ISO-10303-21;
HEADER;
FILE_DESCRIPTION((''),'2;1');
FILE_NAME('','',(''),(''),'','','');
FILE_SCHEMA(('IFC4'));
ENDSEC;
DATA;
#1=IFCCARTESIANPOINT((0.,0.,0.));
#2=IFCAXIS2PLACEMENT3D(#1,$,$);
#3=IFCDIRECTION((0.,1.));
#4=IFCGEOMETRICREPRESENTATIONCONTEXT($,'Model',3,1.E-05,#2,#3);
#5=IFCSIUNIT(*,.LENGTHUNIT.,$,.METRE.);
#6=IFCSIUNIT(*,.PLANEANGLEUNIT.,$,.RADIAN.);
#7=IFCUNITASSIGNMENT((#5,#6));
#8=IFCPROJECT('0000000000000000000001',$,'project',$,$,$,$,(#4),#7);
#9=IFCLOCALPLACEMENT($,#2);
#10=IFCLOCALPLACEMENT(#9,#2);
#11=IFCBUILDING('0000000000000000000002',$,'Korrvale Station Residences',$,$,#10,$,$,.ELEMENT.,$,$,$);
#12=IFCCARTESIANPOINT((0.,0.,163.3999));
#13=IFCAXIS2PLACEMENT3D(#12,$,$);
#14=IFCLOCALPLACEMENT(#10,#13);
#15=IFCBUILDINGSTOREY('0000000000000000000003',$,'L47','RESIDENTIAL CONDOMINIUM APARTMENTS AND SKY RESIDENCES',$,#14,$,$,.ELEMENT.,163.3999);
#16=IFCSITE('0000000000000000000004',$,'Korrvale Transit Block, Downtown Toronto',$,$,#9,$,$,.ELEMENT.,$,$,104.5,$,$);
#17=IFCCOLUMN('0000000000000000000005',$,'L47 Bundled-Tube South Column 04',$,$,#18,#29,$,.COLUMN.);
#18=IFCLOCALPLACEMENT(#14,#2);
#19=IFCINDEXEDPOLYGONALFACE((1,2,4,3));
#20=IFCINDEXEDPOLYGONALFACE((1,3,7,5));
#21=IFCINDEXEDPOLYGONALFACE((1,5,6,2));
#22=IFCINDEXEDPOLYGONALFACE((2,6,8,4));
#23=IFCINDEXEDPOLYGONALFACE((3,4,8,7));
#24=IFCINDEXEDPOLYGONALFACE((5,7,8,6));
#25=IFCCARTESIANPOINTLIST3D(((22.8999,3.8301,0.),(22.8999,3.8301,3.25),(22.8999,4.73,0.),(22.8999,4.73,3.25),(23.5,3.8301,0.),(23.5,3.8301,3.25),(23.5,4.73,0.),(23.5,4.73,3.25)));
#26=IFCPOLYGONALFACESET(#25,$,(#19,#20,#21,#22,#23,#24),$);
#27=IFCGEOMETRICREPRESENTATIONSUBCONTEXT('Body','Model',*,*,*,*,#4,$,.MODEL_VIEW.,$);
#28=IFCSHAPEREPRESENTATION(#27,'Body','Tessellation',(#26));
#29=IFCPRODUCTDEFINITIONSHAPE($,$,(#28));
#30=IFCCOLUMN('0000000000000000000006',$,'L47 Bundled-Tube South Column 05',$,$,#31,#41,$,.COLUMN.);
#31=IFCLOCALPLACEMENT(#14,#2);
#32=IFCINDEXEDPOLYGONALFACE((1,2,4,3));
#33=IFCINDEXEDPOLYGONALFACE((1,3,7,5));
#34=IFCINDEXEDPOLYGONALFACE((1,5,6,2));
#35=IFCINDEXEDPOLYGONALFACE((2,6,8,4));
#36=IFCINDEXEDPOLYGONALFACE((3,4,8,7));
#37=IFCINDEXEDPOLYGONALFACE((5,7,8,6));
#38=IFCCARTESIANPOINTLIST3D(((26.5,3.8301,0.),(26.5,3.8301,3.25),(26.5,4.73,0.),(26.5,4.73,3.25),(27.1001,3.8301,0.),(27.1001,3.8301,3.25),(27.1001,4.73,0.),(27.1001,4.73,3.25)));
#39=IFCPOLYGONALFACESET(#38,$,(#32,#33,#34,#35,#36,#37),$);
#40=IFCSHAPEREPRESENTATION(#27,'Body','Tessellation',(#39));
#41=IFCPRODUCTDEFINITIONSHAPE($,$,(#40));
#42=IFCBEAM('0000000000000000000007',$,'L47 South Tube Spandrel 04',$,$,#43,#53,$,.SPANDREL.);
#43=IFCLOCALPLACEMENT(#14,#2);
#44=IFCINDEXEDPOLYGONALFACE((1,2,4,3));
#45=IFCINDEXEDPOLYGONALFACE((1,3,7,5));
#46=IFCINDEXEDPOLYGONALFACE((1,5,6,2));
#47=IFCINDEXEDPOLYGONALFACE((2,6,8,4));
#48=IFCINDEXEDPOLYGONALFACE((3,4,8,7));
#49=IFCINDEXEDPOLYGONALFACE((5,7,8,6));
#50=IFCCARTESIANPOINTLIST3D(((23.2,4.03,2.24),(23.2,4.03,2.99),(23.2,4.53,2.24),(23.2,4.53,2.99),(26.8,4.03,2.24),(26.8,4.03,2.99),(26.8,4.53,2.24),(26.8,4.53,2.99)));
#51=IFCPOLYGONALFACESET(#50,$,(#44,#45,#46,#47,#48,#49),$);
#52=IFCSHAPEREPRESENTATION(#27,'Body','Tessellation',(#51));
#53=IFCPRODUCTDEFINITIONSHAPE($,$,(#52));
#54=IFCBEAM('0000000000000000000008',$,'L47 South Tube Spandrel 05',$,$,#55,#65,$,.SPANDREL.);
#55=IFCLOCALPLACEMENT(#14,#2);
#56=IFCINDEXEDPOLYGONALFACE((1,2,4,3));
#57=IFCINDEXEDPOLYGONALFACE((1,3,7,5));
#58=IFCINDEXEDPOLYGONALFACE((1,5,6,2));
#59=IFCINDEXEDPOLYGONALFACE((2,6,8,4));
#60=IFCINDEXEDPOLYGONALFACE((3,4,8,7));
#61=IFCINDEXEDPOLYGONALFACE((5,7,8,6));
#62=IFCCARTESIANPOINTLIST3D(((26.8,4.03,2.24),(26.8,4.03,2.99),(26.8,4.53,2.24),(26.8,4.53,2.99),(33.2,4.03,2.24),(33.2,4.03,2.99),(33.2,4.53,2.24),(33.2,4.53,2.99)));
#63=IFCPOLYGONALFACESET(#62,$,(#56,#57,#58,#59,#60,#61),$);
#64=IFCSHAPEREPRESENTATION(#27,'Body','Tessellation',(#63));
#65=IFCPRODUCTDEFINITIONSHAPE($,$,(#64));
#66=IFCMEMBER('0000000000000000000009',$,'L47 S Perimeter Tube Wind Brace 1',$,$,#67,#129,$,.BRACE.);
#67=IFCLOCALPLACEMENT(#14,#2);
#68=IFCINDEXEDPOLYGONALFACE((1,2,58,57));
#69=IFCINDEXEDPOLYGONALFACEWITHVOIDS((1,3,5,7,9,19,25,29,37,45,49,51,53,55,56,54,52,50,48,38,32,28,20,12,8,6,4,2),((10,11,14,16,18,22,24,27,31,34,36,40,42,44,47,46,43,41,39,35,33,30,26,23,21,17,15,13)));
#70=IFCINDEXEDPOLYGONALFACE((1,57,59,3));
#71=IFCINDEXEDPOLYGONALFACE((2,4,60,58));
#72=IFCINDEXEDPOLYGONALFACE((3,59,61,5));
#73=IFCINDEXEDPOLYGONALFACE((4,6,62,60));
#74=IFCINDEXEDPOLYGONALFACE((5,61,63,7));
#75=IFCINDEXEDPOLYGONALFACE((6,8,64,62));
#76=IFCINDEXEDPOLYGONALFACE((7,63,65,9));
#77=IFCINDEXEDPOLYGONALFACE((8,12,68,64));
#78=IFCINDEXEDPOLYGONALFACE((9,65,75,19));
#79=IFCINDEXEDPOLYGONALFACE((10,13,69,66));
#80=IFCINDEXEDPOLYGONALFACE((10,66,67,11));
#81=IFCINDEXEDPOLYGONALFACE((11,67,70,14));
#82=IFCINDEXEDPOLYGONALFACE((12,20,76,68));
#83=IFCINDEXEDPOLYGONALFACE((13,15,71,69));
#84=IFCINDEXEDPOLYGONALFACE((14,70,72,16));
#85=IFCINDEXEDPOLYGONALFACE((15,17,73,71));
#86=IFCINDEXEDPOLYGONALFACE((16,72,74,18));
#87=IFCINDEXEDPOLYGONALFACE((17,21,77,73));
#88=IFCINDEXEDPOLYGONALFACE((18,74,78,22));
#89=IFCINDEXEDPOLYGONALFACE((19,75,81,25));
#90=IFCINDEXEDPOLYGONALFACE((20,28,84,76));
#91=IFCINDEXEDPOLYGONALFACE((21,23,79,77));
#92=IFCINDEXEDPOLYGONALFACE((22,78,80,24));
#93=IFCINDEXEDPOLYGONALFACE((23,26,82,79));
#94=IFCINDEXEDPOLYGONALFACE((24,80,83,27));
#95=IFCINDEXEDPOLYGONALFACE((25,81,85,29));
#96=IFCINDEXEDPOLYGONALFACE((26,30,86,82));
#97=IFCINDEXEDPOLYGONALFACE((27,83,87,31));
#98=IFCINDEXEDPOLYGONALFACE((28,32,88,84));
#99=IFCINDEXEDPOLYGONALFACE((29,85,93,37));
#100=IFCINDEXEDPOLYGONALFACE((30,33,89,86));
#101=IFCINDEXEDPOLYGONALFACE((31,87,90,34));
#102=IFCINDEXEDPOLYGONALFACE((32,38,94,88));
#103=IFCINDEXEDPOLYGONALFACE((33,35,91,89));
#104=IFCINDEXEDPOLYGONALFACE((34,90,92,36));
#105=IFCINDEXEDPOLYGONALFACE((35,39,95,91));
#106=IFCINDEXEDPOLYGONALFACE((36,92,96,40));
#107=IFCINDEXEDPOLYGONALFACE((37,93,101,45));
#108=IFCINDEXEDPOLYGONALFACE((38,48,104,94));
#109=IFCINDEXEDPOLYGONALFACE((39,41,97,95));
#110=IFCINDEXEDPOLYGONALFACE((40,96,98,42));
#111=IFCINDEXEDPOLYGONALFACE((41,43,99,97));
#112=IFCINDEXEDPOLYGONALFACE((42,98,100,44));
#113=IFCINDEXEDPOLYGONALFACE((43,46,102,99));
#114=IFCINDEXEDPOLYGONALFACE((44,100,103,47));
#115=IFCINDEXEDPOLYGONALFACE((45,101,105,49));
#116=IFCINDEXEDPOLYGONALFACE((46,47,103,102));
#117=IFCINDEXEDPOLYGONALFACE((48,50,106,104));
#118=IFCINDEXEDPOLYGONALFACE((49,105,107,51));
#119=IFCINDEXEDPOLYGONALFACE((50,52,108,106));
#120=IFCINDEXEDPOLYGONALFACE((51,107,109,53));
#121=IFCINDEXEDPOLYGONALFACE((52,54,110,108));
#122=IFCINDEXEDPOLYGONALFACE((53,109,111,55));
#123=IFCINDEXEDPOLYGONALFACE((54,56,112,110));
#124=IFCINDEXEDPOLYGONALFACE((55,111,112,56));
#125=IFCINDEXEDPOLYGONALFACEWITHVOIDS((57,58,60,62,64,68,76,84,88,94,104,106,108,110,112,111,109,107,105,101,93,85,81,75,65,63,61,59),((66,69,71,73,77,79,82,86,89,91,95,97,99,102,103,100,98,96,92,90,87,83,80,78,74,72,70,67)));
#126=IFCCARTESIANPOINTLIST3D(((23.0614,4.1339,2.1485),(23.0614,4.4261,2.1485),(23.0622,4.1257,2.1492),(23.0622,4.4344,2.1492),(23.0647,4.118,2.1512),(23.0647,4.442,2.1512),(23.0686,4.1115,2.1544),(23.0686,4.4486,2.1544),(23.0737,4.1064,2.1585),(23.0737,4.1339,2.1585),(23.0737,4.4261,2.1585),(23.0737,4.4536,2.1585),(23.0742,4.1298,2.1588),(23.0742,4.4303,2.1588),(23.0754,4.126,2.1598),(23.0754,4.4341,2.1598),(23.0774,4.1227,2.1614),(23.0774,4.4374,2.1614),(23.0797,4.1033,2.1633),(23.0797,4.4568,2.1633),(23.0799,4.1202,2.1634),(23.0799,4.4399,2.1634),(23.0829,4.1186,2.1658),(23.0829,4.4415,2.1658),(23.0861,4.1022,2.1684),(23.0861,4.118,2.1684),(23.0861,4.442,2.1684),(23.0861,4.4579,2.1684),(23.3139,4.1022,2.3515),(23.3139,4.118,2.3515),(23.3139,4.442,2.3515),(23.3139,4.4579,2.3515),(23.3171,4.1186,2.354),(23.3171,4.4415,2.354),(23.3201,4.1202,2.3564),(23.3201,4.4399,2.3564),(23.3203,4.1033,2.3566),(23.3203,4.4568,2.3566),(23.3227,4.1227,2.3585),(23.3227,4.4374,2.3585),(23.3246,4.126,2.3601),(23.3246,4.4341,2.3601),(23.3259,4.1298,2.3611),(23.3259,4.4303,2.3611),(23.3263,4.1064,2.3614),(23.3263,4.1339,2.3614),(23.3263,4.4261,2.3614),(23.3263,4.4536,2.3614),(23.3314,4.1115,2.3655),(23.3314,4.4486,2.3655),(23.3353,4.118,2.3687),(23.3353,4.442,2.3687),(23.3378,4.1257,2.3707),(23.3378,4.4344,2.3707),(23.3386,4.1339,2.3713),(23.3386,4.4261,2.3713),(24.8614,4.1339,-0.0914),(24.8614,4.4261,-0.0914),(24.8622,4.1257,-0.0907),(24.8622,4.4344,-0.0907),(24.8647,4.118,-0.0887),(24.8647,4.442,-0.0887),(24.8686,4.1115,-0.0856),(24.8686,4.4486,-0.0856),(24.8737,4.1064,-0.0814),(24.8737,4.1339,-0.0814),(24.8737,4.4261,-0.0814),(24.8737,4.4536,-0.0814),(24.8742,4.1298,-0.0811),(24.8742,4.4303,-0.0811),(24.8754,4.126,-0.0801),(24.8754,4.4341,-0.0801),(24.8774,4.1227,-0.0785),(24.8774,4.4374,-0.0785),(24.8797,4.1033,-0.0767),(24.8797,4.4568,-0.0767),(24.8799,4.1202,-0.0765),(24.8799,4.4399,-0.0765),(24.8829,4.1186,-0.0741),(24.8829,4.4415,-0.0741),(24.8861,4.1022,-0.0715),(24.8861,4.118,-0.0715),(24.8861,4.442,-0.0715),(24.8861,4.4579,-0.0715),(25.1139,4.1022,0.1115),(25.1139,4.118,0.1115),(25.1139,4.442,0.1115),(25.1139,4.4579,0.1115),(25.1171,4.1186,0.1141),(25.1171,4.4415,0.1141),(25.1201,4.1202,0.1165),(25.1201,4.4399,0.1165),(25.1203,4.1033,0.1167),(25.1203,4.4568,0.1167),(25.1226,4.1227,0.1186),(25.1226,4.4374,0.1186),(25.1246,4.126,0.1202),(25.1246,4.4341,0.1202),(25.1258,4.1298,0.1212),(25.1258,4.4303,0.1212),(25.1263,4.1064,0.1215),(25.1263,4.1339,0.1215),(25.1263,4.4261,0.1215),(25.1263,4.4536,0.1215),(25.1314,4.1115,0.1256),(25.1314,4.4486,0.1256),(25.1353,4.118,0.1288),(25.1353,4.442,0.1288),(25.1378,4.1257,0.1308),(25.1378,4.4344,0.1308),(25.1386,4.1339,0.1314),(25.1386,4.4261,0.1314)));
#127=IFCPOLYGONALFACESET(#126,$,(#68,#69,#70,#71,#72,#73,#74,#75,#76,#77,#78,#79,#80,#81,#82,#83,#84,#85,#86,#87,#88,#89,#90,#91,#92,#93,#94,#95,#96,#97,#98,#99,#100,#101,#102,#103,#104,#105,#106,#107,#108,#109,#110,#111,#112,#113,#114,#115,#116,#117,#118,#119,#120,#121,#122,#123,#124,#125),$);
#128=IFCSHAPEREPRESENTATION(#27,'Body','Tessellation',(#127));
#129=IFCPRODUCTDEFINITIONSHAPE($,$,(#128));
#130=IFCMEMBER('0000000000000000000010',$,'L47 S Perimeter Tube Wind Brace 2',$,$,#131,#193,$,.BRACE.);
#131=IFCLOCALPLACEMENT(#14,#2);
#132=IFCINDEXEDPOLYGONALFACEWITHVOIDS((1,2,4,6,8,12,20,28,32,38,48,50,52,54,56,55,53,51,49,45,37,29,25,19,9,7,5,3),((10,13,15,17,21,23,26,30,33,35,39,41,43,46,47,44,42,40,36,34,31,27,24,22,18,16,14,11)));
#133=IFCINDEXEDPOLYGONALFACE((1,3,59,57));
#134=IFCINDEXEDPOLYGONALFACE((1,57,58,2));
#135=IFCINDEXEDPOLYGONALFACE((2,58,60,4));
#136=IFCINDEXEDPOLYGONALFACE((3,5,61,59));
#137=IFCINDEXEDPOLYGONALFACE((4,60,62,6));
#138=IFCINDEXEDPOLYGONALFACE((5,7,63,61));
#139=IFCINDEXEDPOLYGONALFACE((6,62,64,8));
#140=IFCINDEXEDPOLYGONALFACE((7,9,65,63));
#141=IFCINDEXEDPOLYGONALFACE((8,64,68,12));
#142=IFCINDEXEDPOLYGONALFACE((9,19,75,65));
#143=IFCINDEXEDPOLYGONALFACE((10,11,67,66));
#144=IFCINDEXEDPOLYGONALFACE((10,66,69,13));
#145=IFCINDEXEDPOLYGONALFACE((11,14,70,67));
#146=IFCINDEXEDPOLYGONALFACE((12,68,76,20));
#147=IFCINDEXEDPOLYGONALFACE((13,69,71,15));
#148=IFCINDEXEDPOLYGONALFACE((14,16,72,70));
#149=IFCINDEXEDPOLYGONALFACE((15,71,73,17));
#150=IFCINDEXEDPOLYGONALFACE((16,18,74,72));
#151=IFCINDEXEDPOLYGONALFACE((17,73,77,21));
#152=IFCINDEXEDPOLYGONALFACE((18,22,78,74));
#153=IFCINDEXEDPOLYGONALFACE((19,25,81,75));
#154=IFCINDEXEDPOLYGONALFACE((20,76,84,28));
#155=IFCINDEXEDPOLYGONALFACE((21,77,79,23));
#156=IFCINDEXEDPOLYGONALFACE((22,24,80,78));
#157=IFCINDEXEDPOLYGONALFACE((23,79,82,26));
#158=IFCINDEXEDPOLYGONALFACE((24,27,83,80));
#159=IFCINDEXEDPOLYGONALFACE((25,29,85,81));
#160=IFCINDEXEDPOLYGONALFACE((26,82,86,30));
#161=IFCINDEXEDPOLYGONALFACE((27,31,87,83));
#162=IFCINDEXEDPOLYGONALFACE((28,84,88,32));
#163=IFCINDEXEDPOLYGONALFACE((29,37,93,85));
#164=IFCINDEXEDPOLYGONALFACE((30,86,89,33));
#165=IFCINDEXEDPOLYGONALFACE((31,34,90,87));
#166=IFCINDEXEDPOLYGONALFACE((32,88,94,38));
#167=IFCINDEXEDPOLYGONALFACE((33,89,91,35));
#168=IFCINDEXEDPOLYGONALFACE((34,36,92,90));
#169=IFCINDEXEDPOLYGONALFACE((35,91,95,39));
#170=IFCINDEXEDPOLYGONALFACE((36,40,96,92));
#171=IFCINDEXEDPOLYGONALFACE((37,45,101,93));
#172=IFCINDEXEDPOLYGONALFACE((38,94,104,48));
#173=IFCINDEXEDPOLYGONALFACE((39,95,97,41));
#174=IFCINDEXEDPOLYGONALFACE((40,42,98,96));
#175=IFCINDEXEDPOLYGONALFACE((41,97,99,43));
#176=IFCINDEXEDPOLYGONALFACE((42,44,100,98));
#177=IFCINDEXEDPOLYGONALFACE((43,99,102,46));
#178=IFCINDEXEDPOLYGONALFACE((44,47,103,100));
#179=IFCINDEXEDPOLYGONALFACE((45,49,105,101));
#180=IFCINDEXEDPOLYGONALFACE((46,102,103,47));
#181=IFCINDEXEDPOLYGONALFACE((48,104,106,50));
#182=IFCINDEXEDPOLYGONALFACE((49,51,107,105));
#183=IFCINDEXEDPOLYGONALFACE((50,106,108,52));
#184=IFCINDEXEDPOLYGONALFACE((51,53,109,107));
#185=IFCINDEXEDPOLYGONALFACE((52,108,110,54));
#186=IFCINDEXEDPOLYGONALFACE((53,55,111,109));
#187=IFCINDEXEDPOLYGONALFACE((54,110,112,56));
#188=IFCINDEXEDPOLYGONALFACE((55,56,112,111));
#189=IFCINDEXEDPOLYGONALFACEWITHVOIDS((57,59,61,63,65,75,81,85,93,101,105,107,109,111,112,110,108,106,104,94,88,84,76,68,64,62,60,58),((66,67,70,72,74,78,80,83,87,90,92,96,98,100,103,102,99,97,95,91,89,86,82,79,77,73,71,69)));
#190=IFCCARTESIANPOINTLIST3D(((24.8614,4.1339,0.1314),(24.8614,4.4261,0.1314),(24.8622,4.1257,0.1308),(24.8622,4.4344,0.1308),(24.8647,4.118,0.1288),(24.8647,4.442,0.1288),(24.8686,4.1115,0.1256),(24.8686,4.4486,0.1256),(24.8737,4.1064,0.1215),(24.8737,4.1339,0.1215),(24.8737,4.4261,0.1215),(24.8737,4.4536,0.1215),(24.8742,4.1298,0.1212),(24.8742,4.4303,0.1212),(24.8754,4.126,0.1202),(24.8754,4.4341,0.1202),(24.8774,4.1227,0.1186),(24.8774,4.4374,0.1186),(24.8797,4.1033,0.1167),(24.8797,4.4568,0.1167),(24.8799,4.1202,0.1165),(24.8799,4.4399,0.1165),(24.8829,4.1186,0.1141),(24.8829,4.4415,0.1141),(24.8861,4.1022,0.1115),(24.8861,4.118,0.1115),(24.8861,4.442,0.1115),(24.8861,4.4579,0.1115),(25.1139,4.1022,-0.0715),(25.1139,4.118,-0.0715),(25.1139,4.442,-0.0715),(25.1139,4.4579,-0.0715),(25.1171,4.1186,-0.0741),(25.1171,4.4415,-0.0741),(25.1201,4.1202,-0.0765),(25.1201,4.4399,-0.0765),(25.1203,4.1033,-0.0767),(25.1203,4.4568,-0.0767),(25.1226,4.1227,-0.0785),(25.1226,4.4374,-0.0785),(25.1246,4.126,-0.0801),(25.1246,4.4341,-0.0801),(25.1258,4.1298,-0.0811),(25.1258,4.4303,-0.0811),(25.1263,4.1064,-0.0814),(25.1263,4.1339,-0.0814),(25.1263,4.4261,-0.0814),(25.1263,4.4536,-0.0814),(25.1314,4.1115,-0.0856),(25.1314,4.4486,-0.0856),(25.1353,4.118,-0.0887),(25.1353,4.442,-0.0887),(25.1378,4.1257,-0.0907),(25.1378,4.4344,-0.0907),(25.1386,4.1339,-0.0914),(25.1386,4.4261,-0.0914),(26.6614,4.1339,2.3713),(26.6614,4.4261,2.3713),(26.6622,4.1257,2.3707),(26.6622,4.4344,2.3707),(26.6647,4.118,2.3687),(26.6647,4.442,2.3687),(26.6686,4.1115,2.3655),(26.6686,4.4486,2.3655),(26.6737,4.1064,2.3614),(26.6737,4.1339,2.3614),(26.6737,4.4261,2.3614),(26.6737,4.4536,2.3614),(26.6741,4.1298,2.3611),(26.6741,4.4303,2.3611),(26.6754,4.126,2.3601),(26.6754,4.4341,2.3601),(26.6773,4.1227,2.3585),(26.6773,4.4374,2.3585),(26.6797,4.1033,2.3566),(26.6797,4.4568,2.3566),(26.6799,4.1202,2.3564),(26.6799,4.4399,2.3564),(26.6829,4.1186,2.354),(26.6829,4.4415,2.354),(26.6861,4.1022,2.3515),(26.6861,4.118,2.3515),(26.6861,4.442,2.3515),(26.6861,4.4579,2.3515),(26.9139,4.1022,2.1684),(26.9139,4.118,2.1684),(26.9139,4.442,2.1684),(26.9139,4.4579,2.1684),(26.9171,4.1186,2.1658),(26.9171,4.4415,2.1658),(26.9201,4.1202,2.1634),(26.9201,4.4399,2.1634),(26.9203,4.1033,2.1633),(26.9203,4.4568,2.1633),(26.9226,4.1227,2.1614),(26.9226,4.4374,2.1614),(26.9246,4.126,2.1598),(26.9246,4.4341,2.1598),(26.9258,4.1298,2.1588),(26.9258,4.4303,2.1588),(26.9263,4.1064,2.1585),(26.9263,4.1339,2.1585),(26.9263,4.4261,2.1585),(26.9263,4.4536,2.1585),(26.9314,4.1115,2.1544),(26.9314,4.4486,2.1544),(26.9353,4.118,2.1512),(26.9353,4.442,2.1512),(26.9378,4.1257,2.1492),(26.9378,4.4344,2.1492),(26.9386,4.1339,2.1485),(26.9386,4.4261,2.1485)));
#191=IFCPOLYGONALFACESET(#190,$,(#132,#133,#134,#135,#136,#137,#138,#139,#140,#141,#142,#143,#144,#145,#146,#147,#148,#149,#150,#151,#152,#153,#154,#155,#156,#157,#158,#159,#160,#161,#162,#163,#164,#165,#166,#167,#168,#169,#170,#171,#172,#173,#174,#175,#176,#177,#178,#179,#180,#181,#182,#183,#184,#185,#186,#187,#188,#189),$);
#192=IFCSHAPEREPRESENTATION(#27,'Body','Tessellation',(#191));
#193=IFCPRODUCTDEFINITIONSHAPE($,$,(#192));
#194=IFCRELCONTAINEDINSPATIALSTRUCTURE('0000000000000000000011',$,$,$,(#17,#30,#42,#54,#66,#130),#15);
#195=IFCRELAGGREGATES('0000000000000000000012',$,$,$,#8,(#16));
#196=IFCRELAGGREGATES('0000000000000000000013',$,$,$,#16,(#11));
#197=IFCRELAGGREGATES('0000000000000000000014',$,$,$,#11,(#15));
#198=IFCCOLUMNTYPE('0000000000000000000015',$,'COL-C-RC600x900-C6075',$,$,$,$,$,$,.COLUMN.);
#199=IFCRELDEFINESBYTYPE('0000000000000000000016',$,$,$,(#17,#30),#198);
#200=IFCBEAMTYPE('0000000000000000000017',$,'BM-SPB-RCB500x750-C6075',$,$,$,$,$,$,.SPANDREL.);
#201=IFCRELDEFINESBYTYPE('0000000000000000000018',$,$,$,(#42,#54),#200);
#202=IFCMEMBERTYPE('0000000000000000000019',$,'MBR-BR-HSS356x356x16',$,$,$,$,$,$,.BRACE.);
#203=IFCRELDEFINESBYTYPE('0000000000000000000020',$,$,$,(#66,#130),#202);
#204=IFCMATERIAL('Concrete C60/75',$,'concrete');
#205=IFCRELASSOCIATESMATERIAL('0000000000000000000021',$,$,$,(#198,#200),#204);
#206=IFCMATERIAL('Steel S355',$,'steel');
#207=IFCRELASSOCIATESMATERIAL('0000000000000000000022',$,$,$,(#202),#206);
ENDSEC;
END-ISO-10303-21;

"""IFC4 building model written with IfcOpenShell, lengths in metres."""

from ifc_helpers import new_model, si_unit, direction, frame, origin, origin_2d, place, context, subcontext, project, spatial, rectangle, hollow_rectangle, extrude, material, material_profile, profile_set, type_object, element, save


model = new_model("IFC4")

# Units and contexts
model_context = context("Model", 3, precision=1e-05, world=origin(), true_north=direction((0.0, 1.0)))
body_context = subcontext(model_context, "Body", "Model", "MODEL_VIEW")
ifc_project = project(units=[si_unit("LENGTHUNIT", "METRE"), si_unit("PLANEANGLEUNIT", "RADIAN")], contexts=[model_context])

# Site, building, storey
site_placement = place(None, origin())
site = spatial("IfcSite", under=ifc_project, at=site_placement, Name="Korrvale Transit Block, Downtown Toronto", CompositionType="ELEMENT", RefElevation=104.5)
building_placement = place(site_placement, origin())
building = spatial("IfcBuilding", under=site, at=building_placement, Name="Korrvale Station Residences", CompositionType="ELEMENT")
storey_placement = place(building_placement, frame((0.0, 0.0, 163.3999)))
storey = spatial("IfcBuildingStorey", under=building, at=storey_placement, Name="L47", Description="RESIDENTIAL CONDOMINIUM APARTMENTS AND SKY RESIDENCES", CompositionType="ELEMENT", Elevation=163.3999)

# Columns
ifc_material_1 = material(Name="Concrete C60/75", Category="concrete")
ifc_material_profile_1 = material_profile(ifc_material_1, rectangle(XDim=0.6001, YDim=0.8999, at=origin_2d()), Name="RC600x900")
ifc_profile_set_1 = profile_set([ifc_material_profile_1], Name="Concrete C60/75")
column_type = type_object("IfcColumnType", Name="COL-C-RC600x900-C6075", PredefinedType="COLUMN", material=ifc_profile_set_1)
for number, where, z_axis, x_axis, name in (
    (1, (23.2, 4.28, 0.0), (0.0, 0.0, 1.0), (1.0, 0.0, 0.0), "L47 Bundled-Tube South Column 04"),
    (2, (26.8, 4.28, 0.0), (0.0, 0.0, 1.0), (1.0, 0.0, 0.0), "L47 Bundled-Tube South Column 05"),
):
    element("IfcColumn", number, at=place(storey_placement, frame(where, z_axis=z_axis, x_axis=x_axis)), inside=storey, type_object=column_type, Name=name, PredefinedType="COLUMN", context=body_context, shape_type="SweptSolid", body=[
        extrude(rectangle(XDim=0.6001, YDim=0.8999, at=origin_2d()), origin(), (0.0, 0.0, 1.0), 3.25),
    ])

# Beams
ifc_material_profile_2 = material_profile(ifc_material_1, rectangle(XDim=0.5, YDim=0.75, at=origin_2d()), Name="RCB500x750")
ifc_profile_set_2 = profile_set([ifc_material_profile_2], Name="Concrete C60/75")
beam_type = type_object("IfcBeamType", Name="BM-SPB-RCB500x750-C6075", PredefinedType="SPANDREL", material=ifc_profile_set_2)
beam_1_placement = place(storey_placement, frame((23.2, 4.28, 2.615), z_axis=(1.0, 0.0, 0.0), x_axis=(0.0, 1.0, 0.0)))
element("IfcBeam", 3, at=beam_1_placement, inside=storey, type_object=beam_type, Name="L47 South Tube Spandrel 04", PredefinedType="SPANDREL", context=body_context, shape_type="SweptSolid", body=[
    extrude(rectangle(XDim=0.5, YDim=0.75, at=origin_2d()), origin(), (0.0, 0.0, 1.0), 3.6001),
])
beam_2_placement = place(storey_placement, frame((26.8, 4.28, 2.615), z_axis=(1.0, 0.0, 0.0), x_axis=(0.0, 1.0, 0.0)))
element("IfcBeam", 4, at=beam_2_placement, inside=storey, type_object=beam_type, Name="L47 South Tube Spandrel 05", PredefinedType="SPANDREL", context=body_context, shape_type="SweptSolid", body=[
    extrude(rectangle(XDim=0.5, YDim=0.75, at=origin_2d()), origin(), (0.0, 0.0, 1.0), 6.3999),
])

# Members
ifc_material_2 = material(Name="Steel S355", Category="steel")
ifc_material_profile_3 = material_profile(ifc_material_2, hollow_rectangle(XDim=0.3557, YDim=0.3557, WallThickness=0.0159, InnerFilletRadius=0.0159, OuterFilletRadius=0.0317, at=origin_2d()), Name="HSS356x356x16")
ifc_profile_set_3 = profile_set([ifc_material_profile_3], Name="Steel S355")
member_type = type_object("IfcMemberType", Name="MBR-BR-HSS356x356x16", PredefinedType="BRACE", material=ifc_profile_set_3)
for number, where, z_axis, x_axis, name in (
    (5, (25.0, 4.28, 0.02), (-0.626403, 0.0, 0.779499), (0.0, -1.0, 0.0), "L47 S Perimeter Tube Wind Brace 1"),
    (6, (25.0, 4.28, 0.02), (0.626403, 0.0, 0.779499), (0.0, 1.0, 0.0), "L47 S Perimeter Tube Wind Brace 2"),
):
    element("IfcMember", number, at=place(storey_placement, frame(where, z_axis=z_axis, x_axis=x_axis)), inside=storey, type_object=member_type, Name=name, PredefinedType="BRACE", context=body_context, shape_type="SweptSolid", body=[
        extrude(hollow_rectangle(XDim=0.3557, YDim=0.3557, WallThickness=0.0159, InnerFilletRadius=0.0159, OuterFilletRadius=0.0317, at=origin_2d()), origin(), (0.0, 0.0, 1.0), 2.8735),
    ])

save(model, "model.ifc")
